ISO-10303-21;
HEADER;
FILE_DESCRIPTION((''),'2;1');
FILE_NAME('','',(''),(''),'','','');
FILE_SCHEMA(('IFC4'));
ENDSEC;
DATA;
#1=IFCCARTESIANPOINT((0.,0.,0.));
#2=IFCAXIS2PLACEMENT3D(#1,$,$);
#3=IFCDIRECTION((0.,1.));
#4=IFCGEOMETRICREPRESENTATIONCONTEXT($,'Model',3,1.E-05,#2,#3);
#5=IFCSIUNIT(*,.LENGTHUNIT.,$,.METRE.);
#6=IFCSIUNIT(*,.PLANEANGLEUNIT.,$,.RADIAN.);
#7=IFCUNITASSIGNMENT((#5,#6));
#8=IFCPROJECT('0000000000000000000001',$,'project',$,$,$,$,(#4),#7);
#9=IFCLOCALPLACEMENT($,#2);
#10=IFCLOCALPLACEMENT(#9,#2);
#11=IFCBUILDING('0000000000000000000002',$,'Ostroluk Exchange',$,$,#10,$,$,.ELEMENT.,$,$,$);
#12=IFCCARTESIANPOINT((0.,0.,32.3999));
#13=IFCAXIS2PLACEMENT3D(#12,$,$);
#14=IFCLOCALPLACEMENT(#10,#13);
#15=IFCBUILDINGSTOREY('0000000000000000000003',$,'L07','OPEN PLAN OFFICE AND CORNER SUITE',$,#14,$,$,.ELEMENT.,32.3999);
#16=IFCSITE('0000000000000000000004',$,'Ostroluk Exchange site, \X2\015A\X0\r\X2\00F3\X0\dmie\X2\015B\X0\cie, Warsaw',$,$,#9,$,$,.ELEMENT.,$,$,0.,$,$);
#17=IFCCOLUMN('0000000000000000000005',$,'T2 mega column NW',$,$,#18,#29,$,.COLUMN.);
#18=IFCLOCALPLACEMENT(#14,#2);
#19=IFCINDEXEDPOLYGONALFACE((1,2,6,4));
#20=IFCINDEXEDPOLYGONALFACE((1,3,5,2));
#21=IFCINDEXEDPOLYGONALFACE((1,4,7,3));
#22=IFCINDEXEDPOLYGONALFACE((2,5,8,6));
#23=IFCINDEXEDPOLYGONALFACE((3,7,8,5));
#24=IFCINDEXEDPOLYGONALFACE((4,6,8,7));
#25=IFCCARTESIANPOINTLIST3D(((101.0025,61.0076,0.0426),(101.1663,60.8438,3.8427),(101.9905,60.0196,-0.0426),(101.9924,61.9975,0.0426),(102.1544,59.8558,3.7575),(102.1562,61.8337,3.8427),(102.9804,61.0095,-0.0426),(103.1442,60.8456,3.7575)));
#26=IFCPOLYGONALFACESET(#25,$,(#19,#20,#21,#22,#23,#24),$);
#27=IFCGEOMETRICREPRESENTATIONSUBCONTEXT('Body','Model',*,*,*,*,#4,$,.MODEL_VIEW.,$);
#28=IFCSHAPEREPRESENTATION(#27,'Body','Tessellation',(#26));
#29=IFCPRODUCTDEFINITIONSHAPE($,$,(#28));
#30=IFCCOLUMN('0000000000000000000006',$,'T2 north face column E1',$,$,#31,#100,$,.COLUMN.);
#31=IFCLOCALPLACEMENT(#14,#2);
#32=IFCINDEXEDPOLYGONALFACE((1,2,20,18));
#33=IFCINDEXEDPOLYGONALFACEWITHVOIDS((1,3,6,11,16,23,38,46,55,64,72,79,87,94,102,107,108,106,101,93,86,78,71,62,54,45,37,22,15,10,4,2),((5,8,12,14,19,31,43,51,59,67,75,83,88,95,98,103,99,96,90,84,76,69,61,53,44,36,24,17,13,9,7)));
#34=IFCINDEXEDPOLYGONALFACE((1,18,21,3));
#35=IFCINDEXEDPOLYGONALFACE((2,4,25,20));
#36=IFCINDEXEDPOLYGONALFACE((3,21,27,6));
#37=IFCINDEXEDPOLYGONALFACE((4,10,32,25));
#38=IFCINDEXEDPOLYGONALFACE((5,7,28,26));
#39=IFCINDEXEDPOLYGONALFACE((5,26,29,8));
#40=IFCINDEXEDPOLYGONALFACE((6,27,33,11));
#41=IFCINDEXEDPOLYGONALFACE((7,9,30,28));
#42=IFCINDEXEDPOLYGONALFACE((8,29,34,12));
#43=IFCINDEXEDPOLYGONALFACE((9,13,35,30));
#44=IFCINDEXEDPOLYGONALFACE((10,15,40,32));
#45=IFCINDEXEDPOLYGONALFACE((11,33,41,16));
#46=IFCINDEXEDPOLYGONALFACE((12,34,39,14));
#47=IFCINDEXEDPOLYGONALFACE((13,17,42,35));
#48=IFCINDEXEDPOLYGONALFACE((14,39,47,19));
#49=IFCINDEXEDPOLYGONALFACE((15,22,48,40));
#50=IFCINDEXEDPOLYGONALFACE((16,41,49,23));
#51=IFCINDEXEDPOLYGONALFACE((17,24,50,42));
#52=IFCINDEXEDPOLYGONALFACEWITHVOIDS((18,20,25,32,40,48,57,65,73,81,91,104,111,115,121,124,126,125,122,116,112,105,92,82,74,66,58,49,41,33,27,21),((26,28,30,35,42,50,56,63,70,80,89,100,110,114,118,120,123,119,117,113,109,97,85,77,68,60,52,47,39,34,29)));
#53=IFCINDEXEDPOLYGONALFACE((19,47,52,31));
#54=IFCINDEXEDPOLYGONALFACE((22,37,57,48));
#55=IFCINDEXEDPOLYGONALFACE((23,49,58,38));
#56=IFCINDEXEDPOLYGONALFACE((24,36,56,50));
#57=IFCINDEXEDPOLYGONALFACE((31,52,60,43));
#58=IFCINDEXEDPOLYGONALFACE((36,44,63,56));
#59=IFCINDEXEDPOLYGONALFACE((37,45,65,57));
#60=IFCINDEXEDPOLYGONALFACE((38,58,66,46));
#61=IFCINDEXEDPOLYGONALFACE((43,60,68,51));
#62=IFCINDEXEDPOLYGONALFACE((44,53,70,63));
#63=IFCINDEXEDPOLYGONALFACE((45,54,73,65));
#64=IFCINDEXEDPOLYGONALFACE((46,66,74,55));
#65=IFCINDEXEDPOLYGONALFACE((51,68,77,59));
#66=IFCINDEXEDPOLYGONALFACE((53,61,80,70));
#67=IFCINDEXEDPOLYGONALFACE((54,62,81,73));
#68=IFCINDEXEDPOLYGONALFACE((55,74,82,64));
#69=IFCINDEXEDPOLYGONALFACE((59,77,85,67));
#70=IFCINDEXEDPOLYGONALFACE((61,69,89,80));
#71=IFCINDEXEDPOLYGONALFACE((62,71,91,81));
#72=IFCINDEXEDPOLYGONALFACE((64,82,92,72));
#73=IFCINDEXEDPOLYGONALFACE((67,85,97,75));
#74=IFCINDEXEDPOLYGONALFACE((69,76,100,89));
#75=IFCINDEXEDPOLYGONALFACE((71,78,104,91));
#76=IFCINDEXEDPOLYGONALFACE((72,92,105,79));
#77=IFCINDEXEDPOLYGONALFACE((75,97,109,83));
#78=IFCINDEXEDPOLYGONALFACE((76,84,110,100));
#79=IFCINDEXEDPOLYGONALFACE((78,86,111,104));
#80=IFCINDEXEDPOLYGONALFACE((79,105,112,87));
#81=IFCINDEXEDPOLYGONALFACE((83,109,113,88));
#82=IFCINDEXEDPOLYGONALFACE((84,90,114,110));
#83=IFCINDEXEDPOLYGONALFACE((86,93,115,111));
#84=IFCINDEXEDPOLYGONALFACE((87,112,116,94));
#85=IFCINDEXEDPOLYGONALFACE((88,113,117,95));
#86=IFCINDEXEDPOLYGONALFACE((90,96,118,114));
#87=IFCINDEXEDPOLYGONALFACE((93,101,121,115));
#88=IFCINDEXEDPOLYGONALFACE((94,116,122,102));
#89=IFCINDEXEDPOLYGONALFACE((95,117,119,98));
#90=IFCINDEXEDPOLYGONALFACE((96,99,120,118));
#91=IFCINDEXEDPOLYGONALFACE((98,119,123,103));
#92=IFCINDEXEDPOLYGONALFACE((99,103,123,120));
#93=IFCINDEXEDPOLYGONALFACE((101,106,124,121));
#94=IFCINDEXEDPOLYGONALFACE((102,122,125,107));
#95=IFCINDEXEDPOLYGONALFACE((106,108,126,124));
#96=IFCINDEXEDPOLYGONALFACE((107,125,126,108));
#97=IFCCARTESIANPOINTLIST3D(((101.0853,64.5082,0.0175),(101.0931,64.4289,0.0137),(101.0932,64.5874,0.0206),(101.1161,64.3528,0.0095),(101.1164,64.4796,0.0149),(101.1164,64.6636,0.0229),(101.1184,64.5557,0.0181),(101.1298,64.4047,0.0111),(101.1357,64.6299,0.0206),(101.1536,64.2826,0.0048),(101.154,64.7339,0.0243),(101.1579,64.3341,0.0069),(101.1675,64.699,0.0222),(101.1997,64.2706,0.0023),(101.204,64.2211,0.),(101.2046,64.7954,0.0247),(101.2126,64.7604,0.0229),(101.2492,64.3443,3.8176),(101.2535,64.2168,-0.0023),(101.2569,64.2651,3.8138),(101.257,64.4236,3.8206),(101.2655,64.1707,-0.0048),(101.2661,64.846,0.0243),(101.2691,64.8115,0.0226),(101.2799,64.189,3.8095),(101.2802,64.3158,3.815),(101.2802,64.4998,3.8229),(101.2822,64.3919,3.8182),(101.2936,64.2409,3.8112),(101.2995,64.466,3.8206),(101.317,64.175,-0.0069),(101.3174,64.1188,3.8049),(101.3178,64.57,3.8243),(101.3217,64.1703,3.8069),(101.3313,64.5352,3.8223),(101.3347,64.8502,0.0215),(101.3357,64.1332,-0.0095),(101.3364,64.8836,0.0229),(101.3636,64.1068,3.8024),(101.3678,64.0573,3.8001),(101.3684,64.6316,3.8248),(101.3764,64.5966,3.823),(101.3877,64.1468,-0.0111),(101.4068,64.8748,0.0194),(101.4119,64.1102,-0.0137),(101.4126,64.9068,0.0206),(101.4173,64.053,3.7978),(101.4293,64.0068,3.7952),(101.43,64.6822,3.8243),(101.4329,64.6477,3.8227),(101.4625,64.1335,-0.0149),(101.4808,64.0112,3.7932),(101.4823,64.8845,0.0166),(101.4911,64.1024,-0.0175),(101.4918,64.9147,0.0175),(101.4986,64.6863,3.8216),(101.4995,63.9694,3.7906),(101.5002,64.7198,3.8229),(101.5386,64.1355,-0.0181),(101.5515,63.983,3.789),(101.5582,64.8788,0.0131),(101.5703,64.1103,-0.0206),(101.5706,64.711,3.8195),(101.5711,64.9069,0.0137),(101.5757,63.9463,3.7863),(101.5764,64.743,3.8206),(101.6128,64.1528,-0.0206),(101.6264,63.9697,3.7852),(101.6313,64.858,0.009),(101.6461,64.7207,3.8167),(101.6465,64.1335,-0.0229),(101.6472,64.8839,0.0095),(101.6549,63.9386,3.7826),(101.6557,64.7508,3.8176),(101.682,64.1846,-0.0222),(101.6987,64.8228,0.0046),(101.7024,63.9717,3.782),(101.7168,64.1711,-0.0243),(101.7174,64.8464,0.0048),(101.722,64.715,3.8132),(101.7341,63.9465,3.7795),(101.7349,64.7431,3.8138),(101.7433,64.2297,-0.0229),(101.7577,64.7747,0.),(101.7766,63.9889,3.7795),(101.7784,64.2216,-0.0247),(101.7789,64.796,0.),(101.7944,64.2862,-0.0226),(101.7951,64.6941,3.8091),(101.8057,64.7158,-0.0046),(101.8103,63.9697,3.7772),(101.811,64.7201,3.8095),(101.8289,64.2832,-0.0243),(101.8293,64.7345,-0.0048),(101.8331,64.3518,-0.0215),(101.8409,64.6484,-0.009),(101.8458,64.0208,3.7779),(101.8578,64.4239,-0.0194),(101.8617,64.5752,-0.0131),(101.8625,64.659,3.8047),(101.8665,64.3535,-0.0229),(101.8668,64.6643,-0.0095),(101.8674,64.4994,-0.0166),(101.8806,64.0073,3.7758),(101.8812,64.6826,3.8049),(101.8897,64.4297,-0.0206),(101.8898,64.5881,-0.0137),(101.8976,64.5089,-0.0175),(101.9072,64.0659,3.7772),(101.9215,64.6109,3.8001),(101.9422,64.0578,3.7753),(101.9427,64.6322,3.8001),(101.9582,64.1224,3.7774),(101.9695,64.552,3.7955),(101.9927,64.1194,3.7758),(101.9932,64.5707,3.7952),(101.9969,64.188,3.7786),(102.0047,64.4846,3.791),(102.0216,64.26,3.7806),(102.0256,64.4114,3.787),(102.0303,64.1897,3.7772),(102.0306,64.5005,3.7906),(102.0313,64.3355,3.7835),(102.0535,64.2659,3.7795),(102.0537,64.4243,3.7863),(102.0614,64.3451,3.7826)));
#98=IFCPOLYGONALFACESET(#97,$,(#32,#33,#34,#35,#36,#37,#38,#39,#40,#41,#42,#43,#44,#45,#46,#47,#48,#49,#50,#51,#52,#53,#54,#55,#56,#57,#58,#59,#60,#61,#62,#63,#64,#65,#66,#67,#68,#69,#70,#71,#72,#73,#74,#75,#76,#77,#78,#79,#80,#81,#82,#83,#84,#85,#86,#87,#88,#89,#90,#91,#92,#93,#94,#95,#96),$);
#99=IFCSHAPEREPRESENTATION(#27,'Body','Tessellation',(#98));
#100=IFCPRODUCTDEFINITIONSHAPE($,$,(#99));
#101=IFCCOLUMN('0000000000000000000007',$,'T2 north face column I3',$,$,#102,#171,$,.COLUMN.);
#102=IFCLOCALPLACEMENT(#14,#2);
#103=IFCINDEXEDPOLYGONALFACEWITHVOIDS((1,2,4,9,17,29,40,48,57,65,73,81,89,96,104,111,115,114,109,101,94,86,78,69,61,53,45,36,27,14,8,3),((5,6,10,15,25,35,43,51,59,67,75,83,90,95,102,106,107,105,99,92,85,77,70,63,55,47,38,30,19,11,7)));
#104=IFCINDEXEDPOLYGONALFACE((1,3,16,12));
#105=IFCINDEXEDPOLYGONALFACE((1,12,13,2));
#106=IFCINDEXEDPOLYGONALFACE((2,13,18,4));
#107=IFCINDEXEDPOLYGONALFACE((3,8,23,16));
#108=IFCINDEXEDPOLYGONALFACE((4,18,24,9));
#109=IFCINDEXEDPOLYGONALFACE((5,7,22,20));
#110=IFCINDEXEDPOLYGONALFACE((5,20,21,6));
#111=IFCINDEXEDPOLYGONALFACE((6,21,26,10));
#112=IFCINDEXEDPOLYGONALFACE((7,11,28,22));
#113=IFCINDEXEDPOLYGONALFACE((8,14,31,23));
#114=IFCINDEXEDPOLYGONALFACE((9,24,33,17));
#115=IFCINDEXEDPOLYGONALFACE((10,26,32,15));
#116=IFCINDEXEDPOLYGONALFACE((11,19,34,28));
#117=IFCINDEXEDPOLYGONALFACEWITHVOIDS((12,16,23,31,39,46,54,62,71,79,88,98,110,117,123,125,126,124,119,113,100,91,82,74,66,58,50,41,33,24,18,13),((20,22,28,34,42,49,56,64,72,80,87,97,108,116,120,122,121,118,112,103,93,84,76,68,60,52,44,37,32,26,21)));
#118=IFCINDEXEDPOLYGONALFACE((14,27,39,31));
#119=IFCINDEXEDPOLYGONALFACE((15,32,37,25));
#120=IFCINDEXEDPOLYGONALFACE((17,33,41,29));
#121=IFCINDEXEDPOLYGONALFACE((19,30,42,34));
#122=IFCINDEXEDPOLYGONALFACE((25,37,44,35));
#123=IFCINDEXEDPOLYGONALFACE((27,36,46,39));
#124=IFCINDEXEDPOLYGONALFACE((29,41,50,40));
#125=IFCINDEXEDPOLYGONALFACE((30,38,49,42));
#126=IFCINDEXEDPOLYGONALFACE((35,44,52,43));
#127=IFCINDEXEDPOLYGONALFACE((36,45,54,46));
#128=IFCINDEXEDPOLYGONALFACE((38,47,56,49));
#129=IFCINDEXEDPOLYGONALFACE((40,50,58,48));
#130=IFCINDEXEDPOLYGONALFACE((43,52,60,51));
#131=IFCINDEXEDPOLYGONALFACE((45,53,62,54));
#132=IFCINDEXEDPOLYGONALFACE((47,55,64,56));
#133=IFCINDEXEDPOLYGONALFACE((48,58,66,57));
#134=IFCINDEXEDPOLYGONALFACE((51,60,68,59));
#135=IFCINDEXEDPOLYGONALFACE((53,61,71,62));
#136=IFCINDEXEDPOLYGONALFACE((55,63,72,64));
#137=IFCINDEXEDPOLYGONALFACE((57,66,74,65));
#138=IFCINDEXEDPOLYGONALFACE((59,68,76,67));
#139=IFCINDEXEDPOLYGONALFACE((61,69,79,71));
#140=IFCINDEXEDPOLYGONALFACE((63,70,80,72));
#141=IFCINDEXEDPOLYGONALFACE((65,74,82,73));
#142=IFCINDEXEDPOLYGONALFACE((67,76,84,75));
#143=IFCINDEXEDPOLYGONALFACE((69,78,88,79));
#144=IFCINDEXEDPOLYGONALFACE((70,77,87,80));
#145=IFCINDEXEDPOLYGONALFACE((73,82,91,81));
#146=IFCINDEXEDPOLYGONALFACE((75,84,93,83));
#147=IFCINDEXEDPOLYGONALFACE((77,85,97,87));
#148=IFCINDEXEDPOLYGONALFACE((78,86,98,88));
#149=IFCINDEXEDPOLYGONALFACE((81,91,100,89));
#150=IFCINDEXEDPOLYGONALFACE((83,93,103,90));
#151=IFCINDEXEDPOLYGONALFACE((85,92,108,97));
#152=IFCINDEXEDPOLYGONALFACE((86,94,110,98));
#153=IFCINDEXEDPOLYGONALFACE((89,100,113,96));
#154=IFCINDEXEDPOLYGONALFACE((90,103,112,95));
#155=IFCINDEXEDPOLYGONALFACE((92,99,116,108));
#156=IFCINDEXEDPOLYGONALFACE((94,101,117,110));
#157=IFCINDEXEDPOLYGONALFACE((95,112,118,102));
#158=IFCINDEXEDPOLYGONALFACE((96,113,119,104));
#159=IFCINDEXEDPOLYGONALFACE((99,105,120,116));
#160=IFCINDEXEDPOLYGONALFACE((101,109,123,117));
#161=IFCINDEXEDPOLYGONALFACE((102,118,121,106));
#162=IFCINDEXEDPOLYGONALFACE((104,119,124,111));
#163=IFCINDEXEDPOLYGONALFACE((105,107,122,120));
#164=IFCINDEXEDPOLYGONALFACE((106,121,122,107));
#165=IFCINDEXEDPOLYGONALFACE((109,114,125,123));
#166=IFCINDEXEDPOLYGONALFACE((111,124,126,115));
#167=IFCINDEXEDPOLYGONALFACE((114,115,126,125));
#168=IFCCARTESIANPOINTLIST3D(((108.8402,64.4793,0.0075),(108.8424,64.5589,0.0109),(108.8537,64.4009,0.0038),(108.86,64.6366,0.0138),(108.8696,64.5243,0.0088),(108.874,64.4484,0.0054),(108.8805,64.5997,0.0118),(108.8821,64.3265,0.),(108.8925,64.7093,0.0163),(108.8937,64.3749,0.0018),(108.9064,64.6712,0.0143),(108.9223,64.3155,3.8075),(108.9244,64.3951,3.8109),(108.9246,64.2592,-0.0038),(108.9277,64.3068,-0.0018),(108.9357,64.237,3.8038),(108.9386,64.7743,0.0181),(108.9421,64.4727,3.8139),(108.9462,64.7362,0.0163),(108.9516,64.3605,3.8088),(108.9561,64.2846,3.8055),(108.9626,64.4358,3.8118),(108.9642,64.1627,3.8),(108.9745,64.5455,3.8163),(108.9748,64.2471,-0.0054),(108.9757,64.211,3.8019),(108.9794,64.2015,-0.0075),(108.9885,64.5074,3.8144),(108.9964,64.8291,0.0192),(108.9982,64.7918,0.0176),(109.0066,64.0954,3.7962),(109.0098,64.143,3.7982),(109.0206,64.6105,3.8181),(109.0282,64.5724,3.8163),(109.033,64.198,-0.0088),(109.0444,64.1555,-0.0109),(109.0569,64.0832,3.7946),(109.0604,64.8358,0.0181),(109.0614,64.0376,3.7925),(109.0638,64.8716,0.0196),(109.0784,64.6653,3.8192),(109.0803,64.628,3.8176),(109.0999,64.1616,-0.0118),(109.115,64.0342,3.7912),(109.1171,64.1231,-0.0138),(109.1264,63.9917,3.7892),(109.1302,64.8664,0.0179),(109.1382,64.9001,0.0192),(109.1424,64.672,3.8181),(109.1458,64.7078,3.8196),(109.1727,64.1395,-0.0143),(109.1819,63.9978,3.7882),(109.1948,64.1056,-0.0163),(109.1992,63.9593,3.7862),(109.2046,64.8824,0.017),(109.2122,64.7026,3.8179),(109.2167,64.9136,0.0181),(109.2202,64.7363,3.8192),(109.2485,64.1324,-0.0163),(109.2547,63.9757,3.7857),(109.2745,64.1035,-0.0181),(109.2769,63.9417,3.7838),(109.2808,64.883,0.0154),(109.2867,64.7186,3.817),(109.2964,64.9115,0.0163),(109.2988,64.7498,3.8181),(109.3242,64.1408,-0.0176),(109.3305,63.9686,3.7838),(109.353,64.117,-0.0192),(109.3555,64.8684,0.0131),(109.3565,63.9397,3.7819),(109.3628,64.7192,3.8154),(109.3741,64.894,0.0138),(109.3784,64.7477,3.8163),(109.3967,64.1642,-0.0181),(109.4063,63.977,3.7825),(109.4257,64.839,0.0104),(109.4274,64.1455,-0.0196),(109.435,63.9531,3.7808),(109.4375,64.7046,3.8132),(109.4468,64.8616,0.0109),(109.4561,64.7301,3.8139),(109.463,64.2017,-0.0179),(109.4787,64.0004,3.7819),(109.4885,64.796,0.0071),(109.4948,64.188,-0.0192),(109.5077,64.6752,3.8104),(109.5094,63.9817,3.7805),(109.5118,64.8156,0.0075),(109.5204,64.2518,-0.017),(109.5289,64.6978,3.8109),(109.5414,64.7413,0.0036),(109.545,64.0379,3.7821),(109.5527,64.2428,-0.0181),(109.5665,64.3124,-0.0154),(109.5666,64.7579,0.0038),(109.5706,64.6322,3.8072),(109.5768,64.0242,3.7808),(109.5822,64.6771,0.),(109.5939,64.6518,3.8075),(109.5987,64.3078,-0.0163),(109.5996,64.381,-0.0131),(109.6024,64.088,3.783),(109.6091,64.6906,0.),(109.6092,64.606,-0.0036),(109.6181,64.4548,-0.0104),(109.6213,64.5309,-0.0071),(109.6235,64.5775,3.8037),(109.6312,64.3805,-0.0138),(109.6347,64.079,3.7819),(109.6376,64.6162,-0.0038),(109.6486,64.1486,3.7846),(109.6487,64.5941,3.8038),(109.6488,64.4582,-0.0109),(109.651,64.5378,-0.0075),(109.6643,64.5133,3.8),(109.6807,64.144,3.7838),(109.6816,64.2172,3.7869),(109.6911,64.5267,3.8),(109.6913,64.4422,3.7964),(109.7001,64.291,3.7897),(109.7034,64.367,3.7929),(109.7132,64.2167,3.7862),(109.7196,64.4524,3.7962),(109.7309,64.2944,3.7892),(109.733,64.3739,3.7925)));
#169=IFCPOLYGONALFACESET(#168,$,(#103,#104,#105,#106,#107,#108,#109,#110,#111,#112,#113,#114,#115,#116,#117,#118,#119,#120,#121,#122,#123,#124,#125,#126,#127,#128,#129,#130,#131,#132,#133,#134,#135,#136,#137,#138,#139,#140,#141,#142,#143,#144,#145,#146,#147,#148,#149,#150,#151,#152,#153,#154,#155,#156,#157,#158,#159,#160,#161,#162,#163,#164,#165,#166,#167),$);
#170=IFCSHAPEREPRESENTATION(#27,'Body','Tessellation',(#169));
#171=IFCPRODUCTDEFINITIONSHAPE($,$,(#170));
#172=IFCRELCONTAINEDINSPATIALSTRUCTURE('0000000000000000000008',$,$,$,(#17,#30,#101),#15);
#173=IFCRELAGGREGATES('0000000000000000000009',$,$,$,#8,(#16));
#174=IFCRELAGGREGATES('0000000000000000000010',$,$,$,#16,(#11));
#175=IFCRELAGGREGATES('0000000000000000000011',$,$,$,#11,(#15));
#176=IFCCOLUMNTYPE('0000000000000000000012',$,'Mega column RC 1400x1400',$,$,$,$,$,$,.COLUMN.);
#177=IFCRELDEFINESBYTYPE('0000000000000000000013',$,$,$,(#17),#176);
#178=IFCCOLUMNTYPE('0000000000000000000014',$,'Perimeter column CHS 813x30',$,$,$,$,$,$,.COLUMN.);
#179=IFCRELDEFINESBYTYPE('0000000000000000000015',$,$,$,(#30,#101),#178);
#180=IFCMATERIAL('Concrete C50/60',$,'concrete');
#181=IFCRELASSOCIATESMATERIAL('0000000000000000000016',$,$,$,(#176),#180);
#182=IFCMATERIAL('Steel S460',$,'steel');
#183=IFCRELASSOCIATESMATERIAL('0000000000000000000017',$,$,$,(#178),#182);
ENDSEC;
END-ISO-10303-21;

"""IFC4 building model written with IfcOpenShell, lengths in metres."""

from ifc_helpers import new_model, si_unit, direction, frame, origin, origin_2d, place, context, subcontext, project, spatial, rectangle, hollow_circle, extrude, material, material_profile, profile_set, type_object, element, save


model = new_model("IFC4")

# Units and contexts
model_context = context("Model", 3, precision=1e-05, world=origin(), true_north=direction((0.0, 1.0)))
body_context = subcontext(model_context, "Body", "Model", "MODEL_VIEW")
ifc_project = project(units=[si_unit("LENGTHUNIT", "METRE"), si_unit("PLANEANGLEUNIT", "RADIAN")], contexts=[model_context])

# Site, building, storey
site_placement = place(None, origin())
site = spatial("IfcSite", under=ifc_project, at=site_placement, Name="Ostroluk Exchange site, Śródmieście, Warsaw", CompositionType="ELEMENT", RefElevation=0.0)
building_placement = place(site_placement, origin())
building = spatial("IfcBuilding", under=site, at=building_placement, Name="Ostroluk Exchange", CompositionType="ELEMENT")
storey_placement = place(building_placement, frame((0.0, 0.0, 32.3999)))
storey = spatial("IfcBuildingStorey", under=building, at=storey_placement, Name="L07", Description="OPEN PLAN OFFICE AND CORNER SUITE", CompositionType="ELEMENT", Elevation=32.3999)

# Columns
ifc_material_1 = material(Name="Concrete C50/60", Category="concrete")
ifc_material_profile_1 = material_profile(ifc_material_1, rectangle(XDim=1.3999, YDim=1.3999, at=origin_2d()), Name="RC 1400x1400")
ifc_profile_set_1 = profile_set([ifc_material_profile_1], Name="Concrete C50/60")
column_type_1 = type_object("IfcColumnType", Name="Mega column RC 1400x1400", PredefinedType="COLUMN", material=ifc_profile_set_1)
column_1_placement = place(storey_placement, frame((101.9915, 61.0085, 0.0), z_axis=(0.04303, -0.04303, 0.998147), x_axis=(0.707107, 0.707107, 0.0)))
element("IfcColumn", 1, at=column_1_placement, inside=storey, type_object=column_type_1, Name="T2 mega column NW", PredefinedType="COLUMN", context=body_context, shape_type="SweptSolid", body=[
    extrude(rectangle(XDim=1.3999, YDim=1.3999, at=origin_2d()), origin(), (0.0, 0.0, 1.0), 3.8071),
])
ifc_material_2 = material(Name="Steel S460", Category="steel")
ifc_material_profile_2 = material_profile(ifc_material_2, hollow_circle(Radius=0.4065, WallThickness=0.03, at=origin_2d()), Name="CHS 813x30")
ifc_profile_set_2 = profile_set([ifc_material_profile_2], Name="Steel S460")
column_type_2 = type_object("IfcColumnType", Name="Perimeter column CHS 813x30", PredefinedType="COLUMN", material=ifc_profile_set_2)
column_2_placement = place(storey_placement, frame((101.4915, 64.5085, 0.0), z_axis=(0.04303, -0.04303, 0.998147), x_axis=(0.707107, 0.707107, 0.0)))
element("IfcColumn", 2, at=column_2_placement, inside=storey, type_object=column_type_2, Name="T2 north face column E1", PredefinedType="COLUMN", context=body_context, shape_type="SweptSolid", body=[
    extrude(hollow_circle(Radius=0.4065, WallThickness=0.03, at=origin_2d()), origin(), (0.0, 0.0, 1.0), 3.8071),
])
column_3_placement = place(storey_placement, frame((109.2456, 64.5085, 0.0), z_axis=(0.021562, -0.04306, 0.99884), x_axis=(0.894161, 0.447747, 0.0)))
element("IfcColumn", 3, at=column_3_placement, inside=storey, type_object=column_type_2, Name="T2 north face column I3", PredefinedType="COLUMN", context=body_context, shape_type="SweptSolid", body=[
    extrude(hollow_circle(Radius=0.4065, WallThickness=0.03, at=origin_2d()), origin(), (0.0, 0.0, 1.0), 3.8044),
])

save(model, "model.ifc")
